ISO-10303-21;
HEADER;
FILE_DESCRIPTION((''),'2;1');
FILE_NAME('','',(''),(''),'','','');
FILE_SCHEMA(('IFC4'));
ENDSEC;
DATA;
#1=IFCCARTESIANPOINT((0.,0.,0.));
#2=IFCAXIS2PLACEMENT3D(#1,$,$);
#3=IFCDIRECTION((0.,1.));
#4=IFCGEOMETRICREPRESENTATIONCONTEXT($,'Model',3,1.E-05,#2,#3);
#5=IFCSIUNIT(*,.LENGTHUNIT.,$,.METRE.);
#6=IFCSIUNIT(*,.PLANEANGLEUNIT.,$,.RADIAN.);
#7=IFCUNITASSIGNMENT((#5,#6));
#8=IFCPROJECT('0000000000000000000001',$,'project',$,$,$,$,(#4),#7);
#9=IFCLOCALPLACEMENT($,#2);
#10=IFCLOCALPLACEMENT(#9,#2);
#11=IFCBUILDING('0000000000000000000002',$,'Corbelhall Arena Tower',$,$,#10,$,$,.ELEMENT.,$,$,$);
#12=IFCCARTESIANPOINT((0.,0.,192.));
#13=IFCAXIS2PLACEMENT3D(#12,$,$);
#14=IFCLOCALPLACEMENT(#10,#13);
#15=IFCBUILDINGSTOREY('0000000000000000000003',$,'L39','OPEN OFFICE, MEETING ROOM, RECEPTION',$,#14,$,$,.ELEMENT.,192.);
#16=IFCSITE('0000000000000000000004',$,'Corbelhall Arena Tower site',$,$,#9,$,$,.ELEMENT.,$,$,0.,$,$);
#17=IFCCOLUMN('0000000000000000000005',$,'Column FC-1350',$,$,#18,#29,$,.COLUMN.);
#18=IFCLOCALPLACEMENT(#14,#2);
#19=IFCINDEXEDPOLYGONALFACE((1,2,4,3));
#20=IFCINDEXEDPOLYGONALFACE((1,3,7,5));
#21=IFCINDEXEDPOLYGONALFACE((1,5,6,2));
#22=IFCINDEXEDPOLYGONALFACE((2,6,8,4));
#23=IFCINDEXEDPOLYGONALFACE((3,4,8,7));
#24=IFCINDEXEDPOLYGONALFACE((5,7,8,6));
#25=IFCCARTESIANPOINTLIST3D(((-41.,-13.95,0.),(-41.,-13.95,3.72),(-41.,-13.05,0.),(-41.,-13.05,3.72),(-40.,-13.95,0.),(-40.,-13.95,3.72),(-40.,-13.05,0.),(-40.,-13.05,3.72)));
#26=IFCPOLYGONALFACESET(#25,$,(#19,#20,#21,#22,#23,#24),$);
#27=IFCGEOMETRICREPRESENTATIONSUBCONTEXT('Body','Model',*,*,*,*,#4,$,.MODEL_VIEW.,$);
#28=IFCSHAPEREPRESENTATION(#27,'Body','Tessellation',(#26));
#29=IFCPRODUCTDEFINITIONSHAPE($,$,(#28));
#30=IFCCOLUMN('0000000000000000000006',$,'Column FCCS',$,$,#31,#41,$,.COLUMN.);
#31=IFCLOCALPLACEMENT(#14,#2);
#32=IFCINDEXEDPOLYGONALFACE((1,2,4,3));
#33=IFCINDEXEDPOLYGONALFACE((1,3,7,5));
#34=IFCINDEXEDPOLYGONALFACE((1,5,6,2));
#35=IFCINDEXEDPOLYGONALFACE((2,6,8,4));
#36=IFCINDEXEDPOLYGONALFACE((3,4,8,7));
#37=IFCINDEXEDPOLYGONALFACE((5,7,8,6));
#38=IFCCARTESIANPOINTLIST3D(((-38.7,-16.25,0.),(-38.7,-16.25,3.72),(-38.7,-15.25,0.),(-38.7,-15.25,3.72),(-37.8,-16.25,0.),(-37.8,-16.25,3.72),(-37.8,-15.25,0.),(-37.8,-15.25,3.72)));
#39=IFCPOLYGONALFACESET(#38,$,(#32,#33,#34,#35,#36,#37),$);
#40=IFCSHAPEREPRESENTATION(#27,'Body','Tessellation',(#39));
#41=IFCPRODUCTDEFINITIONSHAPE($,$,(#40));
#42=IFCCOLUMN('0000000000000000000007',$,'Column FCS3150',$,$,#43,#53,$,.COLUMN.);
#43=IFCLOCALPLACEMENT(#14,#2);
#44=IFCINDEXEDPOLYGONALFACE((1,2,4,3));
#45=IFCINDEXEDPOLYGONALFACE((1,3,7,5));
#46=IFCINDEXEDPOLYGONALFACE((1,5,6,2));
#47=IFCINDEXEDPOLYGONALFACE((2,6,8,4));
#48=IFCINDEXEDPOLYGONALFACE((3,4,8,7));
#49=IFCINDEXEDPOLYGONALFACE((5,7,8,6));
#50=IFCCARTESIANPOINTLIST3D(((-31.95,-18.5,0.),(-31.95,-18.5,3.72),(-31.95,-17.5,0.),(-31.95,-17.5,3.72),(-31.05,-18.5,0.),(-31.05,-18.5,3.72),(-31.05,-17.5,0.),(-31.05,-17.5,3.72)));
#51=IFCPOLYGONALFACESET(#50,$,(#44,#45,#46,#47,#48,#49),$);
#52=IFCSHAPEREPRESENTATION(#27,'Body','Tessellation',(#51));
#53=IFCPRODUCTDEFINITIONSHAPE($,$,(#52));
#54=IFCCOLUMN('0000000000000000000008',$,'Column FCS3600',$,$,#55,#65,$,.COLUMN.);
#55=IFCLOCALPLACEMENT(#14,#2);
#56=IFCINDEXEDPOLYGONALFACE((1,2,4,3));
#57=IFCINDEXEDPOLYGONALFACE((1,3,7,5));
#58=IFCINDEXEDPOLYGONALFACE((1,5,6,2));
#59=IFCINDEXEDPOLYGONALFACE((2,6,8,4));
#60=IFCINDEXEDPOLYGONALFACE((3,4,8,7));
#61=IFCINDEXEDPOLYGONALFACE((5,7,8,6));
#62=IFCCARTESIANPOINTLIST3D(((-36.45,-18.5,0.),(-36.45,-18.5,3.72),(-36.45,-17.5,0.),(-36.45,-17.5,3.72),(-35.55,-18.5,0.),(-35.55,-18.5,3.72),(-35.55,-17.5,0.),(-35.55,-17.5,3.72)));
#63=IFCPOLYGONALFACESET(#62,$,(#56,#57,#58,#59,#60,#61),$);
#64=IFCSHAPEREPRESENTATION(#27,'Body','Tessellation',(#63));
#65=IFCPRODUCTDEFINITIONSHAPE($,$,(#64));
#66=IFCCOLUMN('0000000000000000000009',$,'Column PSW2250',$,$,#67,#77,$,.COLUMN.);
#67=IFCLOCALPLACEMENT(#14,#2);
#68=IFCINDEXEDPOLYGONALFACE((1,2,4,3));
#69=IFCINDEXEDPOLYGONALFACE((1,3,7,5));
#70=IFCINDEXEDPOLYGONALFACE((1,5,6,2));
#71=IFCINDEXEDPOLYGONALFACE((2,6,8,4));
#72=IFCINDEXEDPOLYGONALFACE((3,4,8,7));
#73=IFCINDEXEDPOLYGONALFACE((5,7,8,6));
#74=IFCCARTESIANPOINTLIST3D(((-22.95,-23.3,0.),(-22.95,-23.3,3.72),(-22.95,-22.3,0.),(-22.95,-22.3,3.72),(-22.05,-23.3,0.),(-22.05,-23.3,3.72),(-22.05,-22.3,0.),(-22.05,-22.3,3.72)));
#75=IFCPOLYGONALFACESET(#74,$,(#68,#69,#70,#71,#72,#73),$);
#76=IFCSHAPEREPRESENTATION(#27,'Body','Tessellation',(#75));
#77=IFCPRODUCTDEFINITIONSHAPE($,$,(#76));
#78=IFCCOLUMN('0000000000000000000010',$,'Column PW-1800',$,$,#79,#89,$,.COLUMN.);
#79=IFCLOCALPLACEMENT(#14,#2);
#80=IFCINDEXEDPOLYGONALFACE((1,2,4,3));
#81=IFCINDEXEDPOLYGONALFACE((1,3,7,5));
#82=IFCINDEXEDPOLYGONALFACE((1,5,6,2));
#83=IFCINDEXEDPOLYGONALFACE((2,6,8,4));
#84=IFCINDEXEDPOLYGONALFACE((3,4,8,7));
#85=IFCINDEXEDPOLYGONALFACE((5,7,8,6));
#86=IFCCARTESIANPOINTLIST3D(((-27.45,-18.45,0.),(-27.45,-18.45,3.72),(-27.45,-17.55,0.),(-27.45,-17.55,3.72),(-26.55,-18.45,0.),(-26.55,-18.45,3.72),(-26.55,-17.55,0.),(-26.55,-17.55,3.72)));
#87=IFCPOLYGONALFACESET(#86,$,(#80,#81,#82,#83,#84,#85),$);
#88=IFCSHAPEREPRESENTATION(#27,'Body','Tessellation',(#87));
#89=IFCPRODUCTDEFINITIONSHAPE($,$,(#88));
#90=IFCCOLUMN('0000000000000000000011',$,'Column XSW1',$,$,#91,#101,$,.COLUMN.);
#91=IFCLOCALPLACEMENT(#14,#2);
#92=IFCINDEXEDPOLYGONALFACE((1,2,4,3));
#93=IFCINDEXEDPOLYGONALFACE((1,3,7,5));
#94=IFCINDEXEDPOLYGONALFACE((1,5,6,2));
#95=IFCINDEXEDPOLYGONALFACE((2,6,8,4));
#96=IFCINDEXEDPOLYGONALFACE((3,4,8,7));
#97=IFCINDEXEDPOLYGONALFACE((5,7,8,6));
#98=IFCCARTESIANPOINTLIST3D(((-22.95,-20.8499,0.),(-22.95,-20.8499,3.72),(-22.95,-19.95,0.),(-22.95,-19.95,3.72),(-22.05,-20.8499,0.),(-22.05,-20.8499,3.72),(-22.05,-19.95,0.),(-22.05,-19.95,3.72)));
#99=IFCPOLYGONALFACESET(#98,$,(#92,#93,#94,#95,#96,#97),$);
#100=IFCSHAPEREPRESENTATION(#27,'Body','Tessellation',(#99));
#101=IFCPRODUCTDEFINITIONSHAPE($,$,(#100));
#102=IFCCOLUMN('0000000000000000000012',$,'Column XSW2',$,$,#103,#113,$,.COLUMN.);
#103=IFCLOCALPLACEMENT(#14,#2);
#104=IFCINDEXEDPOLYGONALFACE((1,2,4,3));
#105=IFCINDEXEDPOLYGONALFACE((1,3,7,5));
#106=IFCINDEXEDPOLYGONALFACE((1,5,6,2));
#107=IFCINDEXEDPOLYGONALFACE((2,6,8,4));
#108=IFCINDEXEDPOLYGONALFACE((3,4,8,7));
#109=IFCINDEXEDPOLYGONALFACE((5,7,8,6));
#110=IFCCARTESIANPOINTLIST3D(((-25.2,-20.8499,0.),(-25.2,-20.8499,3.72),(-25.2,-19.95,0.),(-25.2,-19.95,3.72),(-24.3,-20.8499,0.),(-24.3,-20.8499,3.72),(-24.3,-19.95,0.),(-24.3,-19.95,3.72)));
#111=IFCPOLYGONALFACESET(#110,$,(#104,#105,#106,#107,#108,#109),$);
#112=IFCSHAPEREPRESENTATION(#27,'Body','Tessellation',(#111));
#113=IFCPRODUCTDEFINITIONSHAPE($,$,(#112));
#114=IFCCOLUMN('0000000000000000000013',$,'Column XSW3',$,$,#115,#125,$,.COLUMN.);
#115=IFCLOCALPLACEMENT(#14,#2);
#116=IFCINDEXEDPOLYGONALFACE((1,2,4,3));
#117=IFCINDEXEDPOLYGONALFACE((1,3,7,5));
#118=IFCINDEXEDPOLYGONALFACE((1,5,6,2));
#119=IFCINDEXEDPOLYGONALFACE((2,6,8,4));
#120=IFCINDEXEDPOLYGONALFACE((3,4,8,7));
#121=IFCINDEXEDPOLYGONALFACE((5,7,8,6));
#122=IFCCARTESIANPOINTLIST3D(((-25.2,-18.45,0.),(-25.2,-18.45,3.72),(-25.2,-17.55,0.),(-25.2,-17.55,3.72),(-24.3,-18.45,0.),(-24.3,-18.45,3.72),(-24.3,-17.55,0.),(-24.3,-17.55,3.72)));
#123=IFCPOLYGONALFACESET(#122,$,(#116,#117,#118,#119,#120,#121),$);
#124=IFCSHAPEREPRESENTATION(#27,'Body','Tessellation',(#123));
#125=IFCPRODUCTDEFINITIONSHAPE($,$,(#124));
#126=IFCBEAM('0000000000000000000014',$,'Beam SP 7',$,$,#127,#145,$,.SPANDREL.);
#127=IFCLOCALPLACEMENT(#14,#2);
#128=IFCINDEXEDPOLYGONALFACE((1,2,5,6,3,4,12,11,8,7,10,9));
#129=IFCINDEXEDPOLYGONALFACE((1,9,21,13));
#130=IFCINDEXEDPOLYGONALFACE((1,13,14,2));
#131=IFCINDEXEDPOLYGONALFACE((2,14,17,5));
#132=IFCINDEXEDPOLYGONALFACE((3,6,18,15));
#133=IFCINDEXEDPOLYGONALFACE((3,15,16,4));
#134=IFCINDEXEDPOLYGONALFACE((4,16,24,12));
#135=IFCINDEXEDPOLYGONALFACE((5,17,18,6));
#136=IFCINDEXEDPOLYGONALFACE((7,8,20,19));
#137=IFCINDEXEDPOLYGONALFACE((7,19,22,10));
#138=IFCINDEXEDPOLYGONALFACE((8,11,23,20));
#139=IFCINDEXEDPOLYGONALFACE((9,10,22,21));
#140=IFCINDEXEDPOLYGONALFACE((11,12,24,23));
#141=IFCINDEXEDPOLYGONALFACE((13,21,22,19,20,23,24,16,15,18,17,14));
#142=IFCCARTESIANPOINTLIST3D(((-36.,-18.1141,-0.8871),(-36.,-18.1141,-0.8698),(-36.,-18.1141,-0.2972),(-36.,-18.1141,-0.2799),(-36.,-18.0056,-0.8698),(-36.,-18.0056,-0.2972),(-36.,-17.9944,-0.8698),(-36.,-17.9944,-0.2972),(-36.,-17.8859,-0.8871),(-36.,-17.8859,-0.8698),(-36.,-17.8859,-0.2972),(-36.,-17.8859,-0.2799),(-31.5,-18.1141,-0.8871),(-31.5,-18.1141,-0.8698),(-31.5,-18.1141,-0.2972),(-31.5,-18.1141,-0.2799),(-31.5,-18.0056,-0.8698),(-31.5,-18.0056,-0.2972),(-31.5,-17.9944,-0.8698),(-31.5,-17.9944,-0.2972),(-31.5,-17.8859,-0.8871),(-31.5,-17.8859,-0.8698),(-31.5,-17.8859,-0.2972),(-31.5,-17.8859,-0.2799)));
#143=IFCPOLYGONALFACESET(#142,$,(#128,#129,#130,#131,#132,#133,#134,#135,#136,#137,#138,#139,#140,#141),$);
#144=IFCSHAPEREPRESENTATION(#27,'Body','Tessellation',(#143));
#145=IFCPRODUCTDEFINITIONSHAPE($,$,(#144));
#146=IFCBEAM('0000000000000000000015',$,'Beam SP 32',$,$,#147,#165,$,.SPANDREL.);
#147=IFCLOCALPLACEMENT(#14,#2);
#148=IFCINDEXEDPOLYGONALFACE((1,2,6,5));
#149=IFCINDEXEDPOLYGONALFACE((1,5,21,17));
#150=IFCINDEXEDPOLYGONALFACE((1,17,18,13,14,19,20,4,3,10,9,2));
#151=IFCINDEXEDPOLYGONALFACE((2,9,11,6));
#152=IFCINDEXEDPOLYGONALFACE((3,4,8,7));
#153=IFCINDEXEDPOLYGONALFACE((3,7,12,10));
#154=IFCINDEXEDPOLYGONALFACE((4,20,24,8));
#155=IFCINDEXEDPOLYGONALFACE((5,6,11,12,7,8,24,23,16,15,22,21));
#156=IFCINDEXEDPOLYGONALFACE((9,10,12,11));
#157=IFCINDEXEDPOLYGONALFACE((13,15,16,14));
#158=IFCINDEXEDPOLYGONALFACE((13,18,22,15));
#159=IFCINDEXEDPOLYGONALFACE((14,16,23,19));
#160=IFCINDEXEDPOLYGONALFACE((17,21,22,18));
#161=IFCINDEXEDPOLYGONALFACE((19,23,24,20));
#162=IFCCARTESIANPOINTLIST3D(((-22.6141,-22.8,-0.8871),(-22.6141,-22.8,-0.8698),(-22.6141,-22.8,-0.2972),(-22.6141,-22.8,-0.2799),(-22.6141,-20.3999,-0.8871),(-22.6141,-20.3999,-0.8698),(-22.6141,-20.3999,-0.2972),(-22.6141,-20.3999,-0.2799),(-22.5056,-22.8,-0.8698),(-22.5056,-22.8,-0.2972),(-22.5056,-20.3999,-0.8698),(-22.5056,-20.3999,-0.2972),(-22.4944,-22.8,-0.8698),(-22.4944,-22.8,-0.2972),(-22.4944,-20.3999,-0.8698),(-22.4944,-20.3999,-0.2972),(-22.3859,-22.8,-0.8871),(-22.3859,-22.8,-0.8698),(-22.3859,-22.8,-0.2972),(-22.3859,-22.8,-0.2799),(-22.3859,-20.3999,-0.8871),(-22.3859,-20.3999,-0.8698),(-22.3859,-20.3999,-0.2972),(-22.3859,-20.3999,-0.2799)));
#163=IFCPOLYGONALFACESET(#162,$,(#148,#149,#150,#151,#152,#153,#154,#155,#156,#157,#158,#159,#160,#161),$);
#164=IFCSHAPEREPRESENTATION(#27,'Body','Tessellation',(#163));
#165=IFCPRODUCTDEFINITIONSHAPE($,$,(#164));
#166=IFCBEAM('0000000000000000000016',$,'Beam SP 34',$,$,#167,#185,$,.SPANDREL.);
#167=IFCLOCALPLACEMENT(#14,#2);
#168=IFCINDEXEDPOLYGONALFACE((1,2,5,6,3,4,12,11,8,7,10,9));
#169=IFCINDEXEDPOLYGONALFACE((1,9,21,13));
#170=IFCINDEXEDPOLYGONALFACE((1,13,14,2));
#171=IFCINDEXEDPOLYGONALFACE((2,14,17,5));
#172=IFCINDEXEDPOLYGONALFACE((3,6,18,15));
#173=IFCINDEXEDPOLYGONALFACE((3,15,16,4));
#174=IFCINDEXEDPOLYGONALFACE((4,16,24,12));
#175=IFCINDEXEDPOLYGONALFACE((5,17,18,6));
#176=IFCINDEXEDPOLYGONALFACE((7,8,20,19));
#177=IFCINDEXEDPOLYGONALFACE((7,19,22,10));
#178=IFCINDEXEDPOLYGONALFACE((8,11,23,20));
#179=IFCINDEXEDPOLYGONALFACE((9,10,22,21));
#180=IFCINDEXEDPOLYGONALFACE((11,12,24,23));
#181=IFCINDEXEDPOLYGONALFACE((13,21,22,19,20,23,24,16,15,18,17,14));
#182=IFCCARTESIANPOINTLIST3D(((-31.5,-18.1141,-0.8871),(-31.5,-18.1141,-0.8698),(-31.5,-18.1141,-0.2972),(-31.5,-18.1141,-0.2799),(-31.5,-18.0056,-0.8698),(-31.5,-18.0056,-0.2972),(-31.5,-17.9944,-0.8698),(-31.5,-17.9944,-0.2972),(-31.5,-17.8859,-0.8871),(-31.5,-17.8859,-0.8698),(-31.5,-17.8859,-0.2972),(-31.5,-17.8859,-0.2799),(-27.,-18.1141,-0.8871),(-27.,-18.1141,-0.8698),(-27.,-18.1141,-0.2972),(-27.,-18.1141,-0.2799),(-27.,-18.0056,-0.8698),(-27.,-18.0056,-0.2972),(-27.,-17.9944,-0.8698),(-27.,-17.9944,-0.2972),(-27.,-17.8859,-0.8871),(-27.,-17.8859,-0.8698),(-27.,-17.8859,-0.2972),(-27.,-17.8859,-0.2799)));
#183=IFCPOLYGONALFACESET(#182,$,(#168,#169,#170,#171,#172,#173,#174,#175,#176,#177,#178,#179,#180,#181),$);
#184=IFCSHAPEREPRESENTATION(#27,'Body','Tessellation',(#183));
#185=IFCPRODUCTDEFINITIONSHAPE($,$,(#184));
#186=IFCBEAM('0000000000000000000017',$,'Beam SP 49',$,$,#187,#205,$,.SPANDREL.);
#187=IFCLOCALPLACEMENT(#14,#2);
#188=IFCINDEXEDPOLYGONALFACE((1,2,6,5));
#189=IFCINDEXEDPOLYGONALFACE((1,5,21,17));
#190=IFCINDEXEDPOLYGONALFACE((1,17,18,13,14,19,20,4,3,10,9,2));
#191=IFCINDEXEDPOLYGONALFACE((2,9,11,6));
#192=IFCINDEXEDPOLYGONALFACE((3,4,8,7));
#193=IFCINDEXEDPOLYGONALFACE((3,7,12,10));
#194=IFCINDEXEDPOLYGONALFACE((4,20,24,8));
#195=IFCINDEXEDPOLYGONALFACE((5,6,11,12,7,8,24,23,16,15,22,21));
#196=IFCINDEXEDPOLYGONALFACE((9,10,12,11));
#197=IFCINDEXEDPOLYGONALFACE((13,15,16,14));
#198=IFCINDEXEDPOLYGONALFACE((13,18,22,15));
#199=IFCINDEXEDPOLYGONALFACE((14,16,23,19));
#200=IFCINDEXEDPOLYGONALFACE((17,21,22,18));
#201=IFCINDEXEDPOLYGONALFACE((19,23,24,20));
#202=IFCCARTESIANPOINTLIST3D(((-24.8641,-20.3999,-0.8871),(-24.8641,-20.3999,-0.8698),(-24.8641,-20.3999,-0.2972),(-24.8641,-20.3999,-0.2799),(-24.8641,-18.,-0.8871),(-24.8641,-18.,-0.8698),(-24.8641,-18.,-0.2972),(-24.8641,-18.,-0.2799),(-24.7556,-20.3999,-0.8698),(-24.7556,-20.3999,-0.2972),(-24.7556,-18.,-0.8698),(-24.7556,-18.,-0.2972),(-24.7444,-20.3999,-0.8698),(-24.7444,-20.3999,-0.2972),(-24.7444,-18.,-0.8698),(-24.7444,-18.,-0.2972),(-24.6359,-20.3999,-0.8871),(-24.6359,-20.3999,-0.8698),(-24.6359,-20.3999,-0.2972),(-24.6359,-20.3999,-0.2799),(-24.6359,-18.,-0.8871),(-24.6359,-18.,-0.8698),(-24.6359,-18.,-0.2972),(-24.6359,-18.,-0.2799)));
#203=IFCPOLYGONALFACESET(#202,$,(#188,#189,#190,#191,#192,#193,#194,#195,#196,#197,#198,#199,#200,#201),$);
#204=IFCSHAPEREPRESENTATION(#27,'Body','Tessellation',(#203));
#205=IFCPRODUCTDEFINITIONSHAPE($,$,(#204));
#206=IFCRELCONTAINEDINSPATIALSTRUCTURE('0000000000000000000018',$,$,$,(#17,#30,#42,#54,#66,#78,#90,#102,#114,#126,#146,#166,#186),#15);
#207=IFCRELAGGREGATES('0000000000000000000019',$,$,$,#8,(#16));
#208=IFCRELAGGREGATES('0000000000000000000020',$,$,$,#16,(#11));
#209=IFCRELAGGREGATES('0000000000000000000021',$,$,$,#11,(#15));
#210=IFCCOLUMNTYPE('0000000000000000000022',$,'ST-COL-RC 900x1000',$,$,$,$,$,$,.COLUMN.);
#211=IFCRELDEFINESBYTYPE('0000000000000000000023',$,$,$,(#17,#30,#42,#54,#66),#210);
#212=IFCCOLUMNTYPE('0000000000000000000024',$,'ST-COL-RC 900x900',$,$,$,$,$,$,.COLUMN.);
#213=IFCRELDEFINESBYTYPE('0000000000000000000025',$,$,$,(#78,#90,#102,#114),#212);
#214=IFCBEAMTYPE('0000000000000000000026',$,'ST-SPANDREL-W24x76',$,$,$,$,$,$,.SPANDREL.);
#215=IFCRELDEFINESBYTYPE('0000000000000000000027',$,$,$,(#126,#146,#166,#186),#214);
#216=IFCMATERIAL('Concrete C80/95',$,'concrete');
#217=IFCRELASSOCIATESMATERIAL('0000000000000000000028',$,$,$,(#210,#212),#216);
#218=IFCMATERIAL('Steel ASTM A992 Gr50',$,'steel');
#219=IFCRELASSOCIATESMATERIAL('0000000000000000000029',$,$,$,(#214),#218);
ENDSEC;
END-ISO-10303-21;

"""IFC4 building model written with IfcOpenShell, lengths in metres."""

from ifc_helpers import new_model, si_unit, direction, frame, origin, origin_2d, place, context, subcontext, project, spatial, rectangle, i_section, extrude, material, material_profile, profile_set, type_object, element, save


model = new_model("IFC4")

# Units and contexts
model_context = context("Model", 3, precision=1e-05, world=origin(), true_north=direction((0.0, 1.0)))
body_context = subcontext(model_context, "Body", "Model", "MODEL_VIEW")
ifc_project = project(units=[si_unit("LENGTHUNIT", "METRE"), si_unit("PLANEANGLEUNIT", "RADIAN")], contexts=[model_context])

# Site, building, storey
site_placement = place(None, origin())
site = spatial("IfcSite", under=ifc_project, at=site_placement, Name="Corbelhall Arena Tower site", CompositionType="ELEMENT", RefElevation=0.0)
building_placement = place(site_placement, origin())
building = spatial("IfcBuilding", under=site, at=building_placement, Name="Corbelhall Arena Tower", CompositionType="ELEMENT")
storey_placement = place(building_placement, frame((0.0, 0.0, 192.0)))
storey = spatial("IfcBuildingStorey", under=building, at=storey_placement, Name="L39", Description="OPEN OFFICE, MEETING ROOM, RECEPTION", CompositionType="ELEMENT", Elevation=192.0)

# Columns
ifc_material_1 = material(Name="Concrete C80/95", Category="concrete")
ifc_material_profile_1 = material_profile(ifc_material_1, rectangle(XDim=0.8999, YDim=1.0, at=origin_2d()))
ifc_profile_set_1 = profile_set([ifc_material_profile_1], Name="Concrete C80/95")
column_type_1 = type_object("IfcColumnType", Name="ST-COL-RC 900x1000", PredefinedType="COLUMN", material=ifc_profile_set_1)
for number, where, z_axis, x_axis, name in (
    (1, (-40.5, -13.5, 0.0), (0.0, 0.0, 1.0), (0.0, 1.0, 0.0), "Column FC-1350"),
    (2, (-38.25, -15.75, 0.0), (0.0, 0.0, 1.0), (1.0, 0.0, 0.0), "Column FCCS"),
    (3, (-31.5, -18.0, 0.0), (0.0, 0.0, 1.0), (1.0, 0.0, 0.0), "Column FCS3150"),
    (4, (-36.0, -18.0, 0.0), (0.0, 0.0, 1.0), (1.0, 0.0, 0.0), "Column FCS3600"),
    (5, (-22.5, -22.8, 0.0), (0.0, 0.0, 1.0), (1.0, 0.0, 0.0), "Column PSW2250"),
):
    element("IfcColumn", number, at=place(storey_placement, frame(where, z_axis=z_axis, x_axis=x_axis)), inside=storey, type_object=column_type_1, Name=name, PredefinedType="COLUMN", context=body_context, shape_type="SweptSolid", body=[
        extrude(rectangle(XDim=0.8999, YDim=1.0, at=origin_2d()), origin(), (0.0, 0.0, 1.0), 3.72),
    ])
ifc_material_profile_2 = material_profile(ifc_material_1, rectangle(XDim=0.8999, YDim=0.8999, at=origin_2d()))
ifc_profile_set_2 = profile_set([ifc_material_profile_2], Name="Concrete C80/95")
column_type_2 = type_object("IfcColumnType", Name="ST-COL-RC 900x900", PredefinedType="COLUMN", material=ifc_profile_set_2)
for number, where, z_axis, x_axis, name in (
    (6, (-27.0, -18.0, 0.0), (0.0, 0.0, 1.0), (1.0, 0.0, 0.0), "Column PW-1800"),
    (7, (-22.5, -20.3999, 0.0), (0.0, 0.0, 1.0), (1.0, 0.0, 0.0), "Column XSW1"),
    (8, (-24.75, -20.3999, 0.0), (0.0, 0.0, 1.0), (1.0, 0.0, 0.0), "Column XSW2"),
    (9, (-24.75, -18.0, 0.0), (0.0, 0.0, 1.0), (1.0, 0.0, 0.0), "Column XSW3"),
):
    element("IfcColumn", number, at=place(storey_placement, frame(where, z_axis=z_axis, x_axis=x_axis)), inside=storey, type_object=column_type_2, Name=name, PredefinedType="COLUMN", context=body_context, shape_type="SweptSolid", body=[
        extrude(rectangle(XDim=0.8999, YDim=0.8999, at=origin_2d()), origin(), (0.0, 0.0, 1.0), 3.72),
    ])

# Beams
ifc_material_2 = material(Name="Steel ASTM A992 Gr50", Category="steel")
ifc_material_profile_3 = material_profile(ifc_material_2, i_section(OverallWidth=0.2283, OverallDepth=0.6072, WebThickness=0.0112, FlangeThickness=0.0173, at=origin_2d()))
ifc_profile_set_3 = profile_set([ifc_material_profile_3], Name="Steel ASTM A992 Gr50")
beam_type = type_object("IfcBeamType", Name="ST-SPANDREL-W24x76", PredefinedType="SPANDREL", material=ifc_profile_set_3)
beam_1_placement = place(storey_placement, frame((-31.5, -18.0, -0.5835), z_axis=(-1.0, 0.0, 0.0), x_axis=(0.0, -1.0, 0.0)))
element("IfcBeam", 10, at=beam_1_placement, inside=storey, type_object=beam_type, Name="Beam SP 7", PredefinedType="SPANDREL", context=body_context, shape_type="SweptSolid", body=[
    extrude(i_section(OverallWidth=0.2283, OverallDepth=0.6072, WebThickness=0.0112, FlangeThickness=0.0173, at=origin_2d()), origin(), (0.0, 0.0, 1.0), 4.5),
])
beam_2_placement = place(storey_placement, frame((-22.5, -22.8, -0.5835), z_axis=(0.0, 1.0, 0.0), x_axis=(-1.0, 0.0, 0.0)))
element("IfcBeam", 11, at=beam_2_placement, inside=storey, type_object=beam_type, Name="Beam SP 32", PredefinedType="SPANDREL", context=body_context, shape_type="SweptSolid", body=[
    extrude(i_section(OverallWidth=0.2283, OverallDepth=0.6072, WebThickness=0.0112, FlangeThickness=0.0173, at=origin_2d()), origin(), (0.0, 0.0, 1.0), 2.4001),
])
beam_3_placement = place(storey_placement, frame((-27.0, -18.0, -0.5835), z_axis=(-1.0, 0.0, 0.0), x_axis=(0.0, -1.0, 0.0)))
element("IfcBeam", 12, at=beam_3_placement, inside=storey, type_object=beam_type, Name="Beam SP 34", PredefinedType="SPANDREL", context=body_context, shape_type="SweptSolid", body=[
    extrude(i_section(OverallWidth=0.2283, OverallDepth=0.6072, WebThickness=0.0112, FlangeThickness=0.0173, at=origin_2d()), origin(), (0.0, 0.0, 1.0), 4.5),
])
beam_4_placement = place(storey_placement, frame((-24.75, -20.3999, -0.5835), z_axis=(0.0, 1.0, 0.0), x_axis=(-1.0, 0.0, 0.0)))
element("IfcBeam", 13, at=beam_4_placement, inside=storey, type_object=beam_type, Name="Beam SP 49", PredefinedType="SPANDREL", context=body_context, shape_type="SweptSolid", body=[
    extrude(i_section(OverallWidth=0.2283, OverallDepth=0.6072, WebThickness=0.0112, FlangeThickness=0.0173, at=origin_2d()), origin(), (0.0, 0.0, 1.0), 2.3999),
])

save(model, "model.ifc")
